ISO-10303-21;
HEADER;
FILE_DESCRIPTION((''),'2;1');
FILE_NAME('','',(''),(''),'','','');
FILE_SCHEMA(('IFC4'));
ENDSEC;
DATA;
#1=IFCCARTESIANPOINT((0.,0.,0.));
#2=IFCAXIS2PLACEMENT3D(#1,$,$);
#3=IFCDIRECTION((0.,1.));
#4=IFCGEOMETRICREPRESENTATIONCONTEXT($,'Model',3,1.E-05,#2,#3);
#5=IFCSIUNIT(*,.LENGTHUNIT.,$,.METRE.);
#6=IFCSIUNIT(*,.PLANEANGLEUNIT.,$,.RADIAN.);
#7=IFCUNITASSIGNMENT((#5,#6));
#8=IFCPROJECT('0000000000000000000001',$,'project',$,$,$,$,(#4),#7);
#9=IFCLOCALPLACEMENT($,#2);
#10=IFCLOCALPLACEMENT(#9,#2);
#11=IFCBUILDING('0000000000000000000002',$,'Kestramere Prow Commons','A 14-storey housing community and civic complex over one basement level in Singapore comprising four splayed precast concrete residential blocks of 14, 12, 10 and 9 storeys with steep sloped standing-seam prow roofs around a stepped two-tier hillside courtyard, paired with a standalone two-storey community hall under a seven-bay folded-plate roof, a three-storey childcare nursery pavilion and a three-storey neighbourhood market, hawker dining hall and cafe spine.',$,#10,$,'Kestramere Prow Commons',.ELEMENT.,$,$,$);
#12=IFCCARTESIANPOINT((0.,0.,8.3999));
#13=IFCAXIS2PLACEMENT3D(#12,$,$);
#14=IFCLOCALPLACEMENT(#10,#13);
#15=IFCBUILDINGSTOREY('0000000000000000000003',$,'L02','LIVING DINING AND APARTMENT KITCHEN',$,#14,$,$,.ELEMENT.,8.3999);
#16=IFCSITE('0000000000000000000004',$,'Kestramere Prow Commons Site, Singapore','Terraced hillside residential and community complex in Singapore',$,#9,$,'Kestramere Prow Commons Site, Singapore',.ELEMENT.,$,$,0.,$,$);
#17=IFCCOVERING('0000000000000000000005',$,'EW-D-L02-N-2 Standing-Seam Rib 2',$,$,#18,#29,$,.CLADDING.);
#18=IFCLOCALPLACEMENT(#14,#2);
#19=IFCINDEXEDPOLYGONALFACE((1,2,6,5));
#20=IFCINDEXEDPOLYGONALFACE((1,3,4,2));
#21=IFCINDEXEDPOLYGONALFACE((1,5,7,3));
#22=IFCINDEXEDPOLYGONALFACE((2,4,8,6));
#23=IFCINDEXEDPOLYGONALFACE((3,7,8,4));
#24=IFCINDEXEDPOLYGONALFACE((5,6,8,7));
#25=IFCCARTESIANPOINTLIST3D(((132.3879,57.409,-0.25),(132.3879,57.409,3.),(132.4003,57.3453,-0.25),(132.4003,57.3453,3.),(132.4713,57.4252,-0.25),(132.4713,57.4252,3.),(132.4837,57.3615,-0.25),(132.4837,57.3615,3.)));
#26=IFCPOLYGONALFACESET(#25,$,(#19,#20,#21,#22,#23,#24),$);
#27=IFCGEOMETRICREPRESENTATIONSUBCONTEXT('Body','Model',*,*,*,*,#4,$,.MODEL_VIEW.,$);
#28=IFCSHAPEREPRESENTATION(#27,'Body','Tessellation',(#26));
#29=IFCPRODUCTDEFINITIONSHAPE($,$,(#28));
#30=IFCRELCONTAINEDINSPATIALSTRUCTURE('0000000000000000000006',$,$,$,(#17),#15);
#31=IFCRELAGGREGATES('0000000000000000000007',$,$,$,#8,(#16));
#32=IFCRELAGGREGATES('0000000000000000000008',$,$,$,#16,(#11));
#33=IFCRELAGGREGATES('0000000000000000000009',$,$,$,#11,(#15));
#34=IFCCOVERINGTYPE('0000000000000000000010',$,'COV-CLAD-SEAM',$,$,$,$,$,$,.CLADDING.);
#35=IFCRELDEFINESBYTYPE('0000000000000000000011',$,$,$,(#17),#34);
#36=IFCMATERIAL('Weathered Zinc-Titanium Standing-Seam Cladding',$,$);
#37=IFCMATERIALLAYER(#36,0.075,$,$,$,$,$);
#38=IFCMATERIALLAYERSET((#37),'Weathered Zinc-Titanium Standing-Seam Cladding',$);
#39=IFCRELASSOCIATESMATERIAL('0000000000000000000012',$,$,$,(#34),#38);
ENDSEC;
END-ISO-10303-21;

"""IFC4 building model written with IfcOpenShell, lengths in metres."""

from ifc_helpers import new_model, si_unit, direction, frame, origin, origin_2d, place, context, subcontext, project, spatial, rectangle, extrude, material, layer, layer_set, type_object, element, save


model = new_model("IFC4")

# Units and contexts
model_context = context("Model", 3, precision=1e-05, world=origin(), true_north=direction((0.0, 1.0)))
body_context = subcontext(model_context, "Body", "Model", "MODEL_VIEW")
ifc_project = project(units=[si_unit("LENGTHUNIT", "METRE"), si_unit("PLANEANGLEUNIT", "RADIAN")], contexts=[model_context])

# Site, building, storey
site_placement = place(None, origin())
site = spatial("IfcSite", under=ifc_project, at=site_placement, Name="Kestramere Prow Commons Site, Singapore", Description="Terraced hillside residential and community complex in Singapore", LongName="Kestramere Prow Commons Site, Singapore", CompositionType="ELEMENT", RefElevation=0.0)
building_placement = place(site_placement, origin())
building = spatial("IfcBuilding", under=site, at=building_placement, Name="Kestramere Prow Commons", Description="A 14-storey housing community and civic complex over one basement level in Singapore comprising four splayed precast concrete residential blocks of 14, 12, 10 and 9 storeys with steep sloped standing-seam prow roofs around a stepped two-tier hillside courtyard, paired with a standalone two-storey community hall under a seven-bay folded-plate roof, a three-storey childcare nursery pavilion and a three-storey neighbourhood market, hawker dining hall and cafe spine.", LongName="Kestramere Prow Commons", CompositionType="ELEMENT")
storey_placement = place(building_placement, frame((0.0, 0.0, 8.3999)))
storey = spatial("IfcBuildingStorey", under=building, at=storey_placement, Name="L02", Description="LIVING DINING AND APARTMENT KITCHEN", CompositionType="ELEMENT", Elevation=8.3999)

# Covering
ifc_material_1 = material(Name="Weathered Zinc-Titanium Standing-Seam Cladding")
ifc_layer_1 = layer(ifc_material_1, 0.075)
ifc_layer_set_1 = layer_set([ifc_layer_1], Name="Weathered Zinc-Titanium Standing-Seam Cladding")
covering_type = type_object("IfcCoveringType", Name="COV-CLAD-SEAM", PredefinedType="CLADDING", material=ifc_layer_set_1)
for number, where, z_axis, x_axis, name in (
    (1, (132.4358, 57.3853, -0.25), (0.0, 0.0, 1.0), (0.981627, 0.190809, 0.0), "EW-D-L02-N-2 Standing-Seam Rib 2"),
):
    element("IfcCovering", number, at=place(storey_placement, frame(where, z_axis=z_axis, x_axis=x_axis)), inside=storey, type_object=covering_type, Name=name, PredefinedType="CLADDING", context=body_context, shape_type="SweptSolid", body=[
        extrude(rectangle(XDim=0.085, YDim=0.0649, at=origin_2d()), origin(), (0.0, 0.0, 1.0), 3.25),
    ])

save(model, "model.ifc")
